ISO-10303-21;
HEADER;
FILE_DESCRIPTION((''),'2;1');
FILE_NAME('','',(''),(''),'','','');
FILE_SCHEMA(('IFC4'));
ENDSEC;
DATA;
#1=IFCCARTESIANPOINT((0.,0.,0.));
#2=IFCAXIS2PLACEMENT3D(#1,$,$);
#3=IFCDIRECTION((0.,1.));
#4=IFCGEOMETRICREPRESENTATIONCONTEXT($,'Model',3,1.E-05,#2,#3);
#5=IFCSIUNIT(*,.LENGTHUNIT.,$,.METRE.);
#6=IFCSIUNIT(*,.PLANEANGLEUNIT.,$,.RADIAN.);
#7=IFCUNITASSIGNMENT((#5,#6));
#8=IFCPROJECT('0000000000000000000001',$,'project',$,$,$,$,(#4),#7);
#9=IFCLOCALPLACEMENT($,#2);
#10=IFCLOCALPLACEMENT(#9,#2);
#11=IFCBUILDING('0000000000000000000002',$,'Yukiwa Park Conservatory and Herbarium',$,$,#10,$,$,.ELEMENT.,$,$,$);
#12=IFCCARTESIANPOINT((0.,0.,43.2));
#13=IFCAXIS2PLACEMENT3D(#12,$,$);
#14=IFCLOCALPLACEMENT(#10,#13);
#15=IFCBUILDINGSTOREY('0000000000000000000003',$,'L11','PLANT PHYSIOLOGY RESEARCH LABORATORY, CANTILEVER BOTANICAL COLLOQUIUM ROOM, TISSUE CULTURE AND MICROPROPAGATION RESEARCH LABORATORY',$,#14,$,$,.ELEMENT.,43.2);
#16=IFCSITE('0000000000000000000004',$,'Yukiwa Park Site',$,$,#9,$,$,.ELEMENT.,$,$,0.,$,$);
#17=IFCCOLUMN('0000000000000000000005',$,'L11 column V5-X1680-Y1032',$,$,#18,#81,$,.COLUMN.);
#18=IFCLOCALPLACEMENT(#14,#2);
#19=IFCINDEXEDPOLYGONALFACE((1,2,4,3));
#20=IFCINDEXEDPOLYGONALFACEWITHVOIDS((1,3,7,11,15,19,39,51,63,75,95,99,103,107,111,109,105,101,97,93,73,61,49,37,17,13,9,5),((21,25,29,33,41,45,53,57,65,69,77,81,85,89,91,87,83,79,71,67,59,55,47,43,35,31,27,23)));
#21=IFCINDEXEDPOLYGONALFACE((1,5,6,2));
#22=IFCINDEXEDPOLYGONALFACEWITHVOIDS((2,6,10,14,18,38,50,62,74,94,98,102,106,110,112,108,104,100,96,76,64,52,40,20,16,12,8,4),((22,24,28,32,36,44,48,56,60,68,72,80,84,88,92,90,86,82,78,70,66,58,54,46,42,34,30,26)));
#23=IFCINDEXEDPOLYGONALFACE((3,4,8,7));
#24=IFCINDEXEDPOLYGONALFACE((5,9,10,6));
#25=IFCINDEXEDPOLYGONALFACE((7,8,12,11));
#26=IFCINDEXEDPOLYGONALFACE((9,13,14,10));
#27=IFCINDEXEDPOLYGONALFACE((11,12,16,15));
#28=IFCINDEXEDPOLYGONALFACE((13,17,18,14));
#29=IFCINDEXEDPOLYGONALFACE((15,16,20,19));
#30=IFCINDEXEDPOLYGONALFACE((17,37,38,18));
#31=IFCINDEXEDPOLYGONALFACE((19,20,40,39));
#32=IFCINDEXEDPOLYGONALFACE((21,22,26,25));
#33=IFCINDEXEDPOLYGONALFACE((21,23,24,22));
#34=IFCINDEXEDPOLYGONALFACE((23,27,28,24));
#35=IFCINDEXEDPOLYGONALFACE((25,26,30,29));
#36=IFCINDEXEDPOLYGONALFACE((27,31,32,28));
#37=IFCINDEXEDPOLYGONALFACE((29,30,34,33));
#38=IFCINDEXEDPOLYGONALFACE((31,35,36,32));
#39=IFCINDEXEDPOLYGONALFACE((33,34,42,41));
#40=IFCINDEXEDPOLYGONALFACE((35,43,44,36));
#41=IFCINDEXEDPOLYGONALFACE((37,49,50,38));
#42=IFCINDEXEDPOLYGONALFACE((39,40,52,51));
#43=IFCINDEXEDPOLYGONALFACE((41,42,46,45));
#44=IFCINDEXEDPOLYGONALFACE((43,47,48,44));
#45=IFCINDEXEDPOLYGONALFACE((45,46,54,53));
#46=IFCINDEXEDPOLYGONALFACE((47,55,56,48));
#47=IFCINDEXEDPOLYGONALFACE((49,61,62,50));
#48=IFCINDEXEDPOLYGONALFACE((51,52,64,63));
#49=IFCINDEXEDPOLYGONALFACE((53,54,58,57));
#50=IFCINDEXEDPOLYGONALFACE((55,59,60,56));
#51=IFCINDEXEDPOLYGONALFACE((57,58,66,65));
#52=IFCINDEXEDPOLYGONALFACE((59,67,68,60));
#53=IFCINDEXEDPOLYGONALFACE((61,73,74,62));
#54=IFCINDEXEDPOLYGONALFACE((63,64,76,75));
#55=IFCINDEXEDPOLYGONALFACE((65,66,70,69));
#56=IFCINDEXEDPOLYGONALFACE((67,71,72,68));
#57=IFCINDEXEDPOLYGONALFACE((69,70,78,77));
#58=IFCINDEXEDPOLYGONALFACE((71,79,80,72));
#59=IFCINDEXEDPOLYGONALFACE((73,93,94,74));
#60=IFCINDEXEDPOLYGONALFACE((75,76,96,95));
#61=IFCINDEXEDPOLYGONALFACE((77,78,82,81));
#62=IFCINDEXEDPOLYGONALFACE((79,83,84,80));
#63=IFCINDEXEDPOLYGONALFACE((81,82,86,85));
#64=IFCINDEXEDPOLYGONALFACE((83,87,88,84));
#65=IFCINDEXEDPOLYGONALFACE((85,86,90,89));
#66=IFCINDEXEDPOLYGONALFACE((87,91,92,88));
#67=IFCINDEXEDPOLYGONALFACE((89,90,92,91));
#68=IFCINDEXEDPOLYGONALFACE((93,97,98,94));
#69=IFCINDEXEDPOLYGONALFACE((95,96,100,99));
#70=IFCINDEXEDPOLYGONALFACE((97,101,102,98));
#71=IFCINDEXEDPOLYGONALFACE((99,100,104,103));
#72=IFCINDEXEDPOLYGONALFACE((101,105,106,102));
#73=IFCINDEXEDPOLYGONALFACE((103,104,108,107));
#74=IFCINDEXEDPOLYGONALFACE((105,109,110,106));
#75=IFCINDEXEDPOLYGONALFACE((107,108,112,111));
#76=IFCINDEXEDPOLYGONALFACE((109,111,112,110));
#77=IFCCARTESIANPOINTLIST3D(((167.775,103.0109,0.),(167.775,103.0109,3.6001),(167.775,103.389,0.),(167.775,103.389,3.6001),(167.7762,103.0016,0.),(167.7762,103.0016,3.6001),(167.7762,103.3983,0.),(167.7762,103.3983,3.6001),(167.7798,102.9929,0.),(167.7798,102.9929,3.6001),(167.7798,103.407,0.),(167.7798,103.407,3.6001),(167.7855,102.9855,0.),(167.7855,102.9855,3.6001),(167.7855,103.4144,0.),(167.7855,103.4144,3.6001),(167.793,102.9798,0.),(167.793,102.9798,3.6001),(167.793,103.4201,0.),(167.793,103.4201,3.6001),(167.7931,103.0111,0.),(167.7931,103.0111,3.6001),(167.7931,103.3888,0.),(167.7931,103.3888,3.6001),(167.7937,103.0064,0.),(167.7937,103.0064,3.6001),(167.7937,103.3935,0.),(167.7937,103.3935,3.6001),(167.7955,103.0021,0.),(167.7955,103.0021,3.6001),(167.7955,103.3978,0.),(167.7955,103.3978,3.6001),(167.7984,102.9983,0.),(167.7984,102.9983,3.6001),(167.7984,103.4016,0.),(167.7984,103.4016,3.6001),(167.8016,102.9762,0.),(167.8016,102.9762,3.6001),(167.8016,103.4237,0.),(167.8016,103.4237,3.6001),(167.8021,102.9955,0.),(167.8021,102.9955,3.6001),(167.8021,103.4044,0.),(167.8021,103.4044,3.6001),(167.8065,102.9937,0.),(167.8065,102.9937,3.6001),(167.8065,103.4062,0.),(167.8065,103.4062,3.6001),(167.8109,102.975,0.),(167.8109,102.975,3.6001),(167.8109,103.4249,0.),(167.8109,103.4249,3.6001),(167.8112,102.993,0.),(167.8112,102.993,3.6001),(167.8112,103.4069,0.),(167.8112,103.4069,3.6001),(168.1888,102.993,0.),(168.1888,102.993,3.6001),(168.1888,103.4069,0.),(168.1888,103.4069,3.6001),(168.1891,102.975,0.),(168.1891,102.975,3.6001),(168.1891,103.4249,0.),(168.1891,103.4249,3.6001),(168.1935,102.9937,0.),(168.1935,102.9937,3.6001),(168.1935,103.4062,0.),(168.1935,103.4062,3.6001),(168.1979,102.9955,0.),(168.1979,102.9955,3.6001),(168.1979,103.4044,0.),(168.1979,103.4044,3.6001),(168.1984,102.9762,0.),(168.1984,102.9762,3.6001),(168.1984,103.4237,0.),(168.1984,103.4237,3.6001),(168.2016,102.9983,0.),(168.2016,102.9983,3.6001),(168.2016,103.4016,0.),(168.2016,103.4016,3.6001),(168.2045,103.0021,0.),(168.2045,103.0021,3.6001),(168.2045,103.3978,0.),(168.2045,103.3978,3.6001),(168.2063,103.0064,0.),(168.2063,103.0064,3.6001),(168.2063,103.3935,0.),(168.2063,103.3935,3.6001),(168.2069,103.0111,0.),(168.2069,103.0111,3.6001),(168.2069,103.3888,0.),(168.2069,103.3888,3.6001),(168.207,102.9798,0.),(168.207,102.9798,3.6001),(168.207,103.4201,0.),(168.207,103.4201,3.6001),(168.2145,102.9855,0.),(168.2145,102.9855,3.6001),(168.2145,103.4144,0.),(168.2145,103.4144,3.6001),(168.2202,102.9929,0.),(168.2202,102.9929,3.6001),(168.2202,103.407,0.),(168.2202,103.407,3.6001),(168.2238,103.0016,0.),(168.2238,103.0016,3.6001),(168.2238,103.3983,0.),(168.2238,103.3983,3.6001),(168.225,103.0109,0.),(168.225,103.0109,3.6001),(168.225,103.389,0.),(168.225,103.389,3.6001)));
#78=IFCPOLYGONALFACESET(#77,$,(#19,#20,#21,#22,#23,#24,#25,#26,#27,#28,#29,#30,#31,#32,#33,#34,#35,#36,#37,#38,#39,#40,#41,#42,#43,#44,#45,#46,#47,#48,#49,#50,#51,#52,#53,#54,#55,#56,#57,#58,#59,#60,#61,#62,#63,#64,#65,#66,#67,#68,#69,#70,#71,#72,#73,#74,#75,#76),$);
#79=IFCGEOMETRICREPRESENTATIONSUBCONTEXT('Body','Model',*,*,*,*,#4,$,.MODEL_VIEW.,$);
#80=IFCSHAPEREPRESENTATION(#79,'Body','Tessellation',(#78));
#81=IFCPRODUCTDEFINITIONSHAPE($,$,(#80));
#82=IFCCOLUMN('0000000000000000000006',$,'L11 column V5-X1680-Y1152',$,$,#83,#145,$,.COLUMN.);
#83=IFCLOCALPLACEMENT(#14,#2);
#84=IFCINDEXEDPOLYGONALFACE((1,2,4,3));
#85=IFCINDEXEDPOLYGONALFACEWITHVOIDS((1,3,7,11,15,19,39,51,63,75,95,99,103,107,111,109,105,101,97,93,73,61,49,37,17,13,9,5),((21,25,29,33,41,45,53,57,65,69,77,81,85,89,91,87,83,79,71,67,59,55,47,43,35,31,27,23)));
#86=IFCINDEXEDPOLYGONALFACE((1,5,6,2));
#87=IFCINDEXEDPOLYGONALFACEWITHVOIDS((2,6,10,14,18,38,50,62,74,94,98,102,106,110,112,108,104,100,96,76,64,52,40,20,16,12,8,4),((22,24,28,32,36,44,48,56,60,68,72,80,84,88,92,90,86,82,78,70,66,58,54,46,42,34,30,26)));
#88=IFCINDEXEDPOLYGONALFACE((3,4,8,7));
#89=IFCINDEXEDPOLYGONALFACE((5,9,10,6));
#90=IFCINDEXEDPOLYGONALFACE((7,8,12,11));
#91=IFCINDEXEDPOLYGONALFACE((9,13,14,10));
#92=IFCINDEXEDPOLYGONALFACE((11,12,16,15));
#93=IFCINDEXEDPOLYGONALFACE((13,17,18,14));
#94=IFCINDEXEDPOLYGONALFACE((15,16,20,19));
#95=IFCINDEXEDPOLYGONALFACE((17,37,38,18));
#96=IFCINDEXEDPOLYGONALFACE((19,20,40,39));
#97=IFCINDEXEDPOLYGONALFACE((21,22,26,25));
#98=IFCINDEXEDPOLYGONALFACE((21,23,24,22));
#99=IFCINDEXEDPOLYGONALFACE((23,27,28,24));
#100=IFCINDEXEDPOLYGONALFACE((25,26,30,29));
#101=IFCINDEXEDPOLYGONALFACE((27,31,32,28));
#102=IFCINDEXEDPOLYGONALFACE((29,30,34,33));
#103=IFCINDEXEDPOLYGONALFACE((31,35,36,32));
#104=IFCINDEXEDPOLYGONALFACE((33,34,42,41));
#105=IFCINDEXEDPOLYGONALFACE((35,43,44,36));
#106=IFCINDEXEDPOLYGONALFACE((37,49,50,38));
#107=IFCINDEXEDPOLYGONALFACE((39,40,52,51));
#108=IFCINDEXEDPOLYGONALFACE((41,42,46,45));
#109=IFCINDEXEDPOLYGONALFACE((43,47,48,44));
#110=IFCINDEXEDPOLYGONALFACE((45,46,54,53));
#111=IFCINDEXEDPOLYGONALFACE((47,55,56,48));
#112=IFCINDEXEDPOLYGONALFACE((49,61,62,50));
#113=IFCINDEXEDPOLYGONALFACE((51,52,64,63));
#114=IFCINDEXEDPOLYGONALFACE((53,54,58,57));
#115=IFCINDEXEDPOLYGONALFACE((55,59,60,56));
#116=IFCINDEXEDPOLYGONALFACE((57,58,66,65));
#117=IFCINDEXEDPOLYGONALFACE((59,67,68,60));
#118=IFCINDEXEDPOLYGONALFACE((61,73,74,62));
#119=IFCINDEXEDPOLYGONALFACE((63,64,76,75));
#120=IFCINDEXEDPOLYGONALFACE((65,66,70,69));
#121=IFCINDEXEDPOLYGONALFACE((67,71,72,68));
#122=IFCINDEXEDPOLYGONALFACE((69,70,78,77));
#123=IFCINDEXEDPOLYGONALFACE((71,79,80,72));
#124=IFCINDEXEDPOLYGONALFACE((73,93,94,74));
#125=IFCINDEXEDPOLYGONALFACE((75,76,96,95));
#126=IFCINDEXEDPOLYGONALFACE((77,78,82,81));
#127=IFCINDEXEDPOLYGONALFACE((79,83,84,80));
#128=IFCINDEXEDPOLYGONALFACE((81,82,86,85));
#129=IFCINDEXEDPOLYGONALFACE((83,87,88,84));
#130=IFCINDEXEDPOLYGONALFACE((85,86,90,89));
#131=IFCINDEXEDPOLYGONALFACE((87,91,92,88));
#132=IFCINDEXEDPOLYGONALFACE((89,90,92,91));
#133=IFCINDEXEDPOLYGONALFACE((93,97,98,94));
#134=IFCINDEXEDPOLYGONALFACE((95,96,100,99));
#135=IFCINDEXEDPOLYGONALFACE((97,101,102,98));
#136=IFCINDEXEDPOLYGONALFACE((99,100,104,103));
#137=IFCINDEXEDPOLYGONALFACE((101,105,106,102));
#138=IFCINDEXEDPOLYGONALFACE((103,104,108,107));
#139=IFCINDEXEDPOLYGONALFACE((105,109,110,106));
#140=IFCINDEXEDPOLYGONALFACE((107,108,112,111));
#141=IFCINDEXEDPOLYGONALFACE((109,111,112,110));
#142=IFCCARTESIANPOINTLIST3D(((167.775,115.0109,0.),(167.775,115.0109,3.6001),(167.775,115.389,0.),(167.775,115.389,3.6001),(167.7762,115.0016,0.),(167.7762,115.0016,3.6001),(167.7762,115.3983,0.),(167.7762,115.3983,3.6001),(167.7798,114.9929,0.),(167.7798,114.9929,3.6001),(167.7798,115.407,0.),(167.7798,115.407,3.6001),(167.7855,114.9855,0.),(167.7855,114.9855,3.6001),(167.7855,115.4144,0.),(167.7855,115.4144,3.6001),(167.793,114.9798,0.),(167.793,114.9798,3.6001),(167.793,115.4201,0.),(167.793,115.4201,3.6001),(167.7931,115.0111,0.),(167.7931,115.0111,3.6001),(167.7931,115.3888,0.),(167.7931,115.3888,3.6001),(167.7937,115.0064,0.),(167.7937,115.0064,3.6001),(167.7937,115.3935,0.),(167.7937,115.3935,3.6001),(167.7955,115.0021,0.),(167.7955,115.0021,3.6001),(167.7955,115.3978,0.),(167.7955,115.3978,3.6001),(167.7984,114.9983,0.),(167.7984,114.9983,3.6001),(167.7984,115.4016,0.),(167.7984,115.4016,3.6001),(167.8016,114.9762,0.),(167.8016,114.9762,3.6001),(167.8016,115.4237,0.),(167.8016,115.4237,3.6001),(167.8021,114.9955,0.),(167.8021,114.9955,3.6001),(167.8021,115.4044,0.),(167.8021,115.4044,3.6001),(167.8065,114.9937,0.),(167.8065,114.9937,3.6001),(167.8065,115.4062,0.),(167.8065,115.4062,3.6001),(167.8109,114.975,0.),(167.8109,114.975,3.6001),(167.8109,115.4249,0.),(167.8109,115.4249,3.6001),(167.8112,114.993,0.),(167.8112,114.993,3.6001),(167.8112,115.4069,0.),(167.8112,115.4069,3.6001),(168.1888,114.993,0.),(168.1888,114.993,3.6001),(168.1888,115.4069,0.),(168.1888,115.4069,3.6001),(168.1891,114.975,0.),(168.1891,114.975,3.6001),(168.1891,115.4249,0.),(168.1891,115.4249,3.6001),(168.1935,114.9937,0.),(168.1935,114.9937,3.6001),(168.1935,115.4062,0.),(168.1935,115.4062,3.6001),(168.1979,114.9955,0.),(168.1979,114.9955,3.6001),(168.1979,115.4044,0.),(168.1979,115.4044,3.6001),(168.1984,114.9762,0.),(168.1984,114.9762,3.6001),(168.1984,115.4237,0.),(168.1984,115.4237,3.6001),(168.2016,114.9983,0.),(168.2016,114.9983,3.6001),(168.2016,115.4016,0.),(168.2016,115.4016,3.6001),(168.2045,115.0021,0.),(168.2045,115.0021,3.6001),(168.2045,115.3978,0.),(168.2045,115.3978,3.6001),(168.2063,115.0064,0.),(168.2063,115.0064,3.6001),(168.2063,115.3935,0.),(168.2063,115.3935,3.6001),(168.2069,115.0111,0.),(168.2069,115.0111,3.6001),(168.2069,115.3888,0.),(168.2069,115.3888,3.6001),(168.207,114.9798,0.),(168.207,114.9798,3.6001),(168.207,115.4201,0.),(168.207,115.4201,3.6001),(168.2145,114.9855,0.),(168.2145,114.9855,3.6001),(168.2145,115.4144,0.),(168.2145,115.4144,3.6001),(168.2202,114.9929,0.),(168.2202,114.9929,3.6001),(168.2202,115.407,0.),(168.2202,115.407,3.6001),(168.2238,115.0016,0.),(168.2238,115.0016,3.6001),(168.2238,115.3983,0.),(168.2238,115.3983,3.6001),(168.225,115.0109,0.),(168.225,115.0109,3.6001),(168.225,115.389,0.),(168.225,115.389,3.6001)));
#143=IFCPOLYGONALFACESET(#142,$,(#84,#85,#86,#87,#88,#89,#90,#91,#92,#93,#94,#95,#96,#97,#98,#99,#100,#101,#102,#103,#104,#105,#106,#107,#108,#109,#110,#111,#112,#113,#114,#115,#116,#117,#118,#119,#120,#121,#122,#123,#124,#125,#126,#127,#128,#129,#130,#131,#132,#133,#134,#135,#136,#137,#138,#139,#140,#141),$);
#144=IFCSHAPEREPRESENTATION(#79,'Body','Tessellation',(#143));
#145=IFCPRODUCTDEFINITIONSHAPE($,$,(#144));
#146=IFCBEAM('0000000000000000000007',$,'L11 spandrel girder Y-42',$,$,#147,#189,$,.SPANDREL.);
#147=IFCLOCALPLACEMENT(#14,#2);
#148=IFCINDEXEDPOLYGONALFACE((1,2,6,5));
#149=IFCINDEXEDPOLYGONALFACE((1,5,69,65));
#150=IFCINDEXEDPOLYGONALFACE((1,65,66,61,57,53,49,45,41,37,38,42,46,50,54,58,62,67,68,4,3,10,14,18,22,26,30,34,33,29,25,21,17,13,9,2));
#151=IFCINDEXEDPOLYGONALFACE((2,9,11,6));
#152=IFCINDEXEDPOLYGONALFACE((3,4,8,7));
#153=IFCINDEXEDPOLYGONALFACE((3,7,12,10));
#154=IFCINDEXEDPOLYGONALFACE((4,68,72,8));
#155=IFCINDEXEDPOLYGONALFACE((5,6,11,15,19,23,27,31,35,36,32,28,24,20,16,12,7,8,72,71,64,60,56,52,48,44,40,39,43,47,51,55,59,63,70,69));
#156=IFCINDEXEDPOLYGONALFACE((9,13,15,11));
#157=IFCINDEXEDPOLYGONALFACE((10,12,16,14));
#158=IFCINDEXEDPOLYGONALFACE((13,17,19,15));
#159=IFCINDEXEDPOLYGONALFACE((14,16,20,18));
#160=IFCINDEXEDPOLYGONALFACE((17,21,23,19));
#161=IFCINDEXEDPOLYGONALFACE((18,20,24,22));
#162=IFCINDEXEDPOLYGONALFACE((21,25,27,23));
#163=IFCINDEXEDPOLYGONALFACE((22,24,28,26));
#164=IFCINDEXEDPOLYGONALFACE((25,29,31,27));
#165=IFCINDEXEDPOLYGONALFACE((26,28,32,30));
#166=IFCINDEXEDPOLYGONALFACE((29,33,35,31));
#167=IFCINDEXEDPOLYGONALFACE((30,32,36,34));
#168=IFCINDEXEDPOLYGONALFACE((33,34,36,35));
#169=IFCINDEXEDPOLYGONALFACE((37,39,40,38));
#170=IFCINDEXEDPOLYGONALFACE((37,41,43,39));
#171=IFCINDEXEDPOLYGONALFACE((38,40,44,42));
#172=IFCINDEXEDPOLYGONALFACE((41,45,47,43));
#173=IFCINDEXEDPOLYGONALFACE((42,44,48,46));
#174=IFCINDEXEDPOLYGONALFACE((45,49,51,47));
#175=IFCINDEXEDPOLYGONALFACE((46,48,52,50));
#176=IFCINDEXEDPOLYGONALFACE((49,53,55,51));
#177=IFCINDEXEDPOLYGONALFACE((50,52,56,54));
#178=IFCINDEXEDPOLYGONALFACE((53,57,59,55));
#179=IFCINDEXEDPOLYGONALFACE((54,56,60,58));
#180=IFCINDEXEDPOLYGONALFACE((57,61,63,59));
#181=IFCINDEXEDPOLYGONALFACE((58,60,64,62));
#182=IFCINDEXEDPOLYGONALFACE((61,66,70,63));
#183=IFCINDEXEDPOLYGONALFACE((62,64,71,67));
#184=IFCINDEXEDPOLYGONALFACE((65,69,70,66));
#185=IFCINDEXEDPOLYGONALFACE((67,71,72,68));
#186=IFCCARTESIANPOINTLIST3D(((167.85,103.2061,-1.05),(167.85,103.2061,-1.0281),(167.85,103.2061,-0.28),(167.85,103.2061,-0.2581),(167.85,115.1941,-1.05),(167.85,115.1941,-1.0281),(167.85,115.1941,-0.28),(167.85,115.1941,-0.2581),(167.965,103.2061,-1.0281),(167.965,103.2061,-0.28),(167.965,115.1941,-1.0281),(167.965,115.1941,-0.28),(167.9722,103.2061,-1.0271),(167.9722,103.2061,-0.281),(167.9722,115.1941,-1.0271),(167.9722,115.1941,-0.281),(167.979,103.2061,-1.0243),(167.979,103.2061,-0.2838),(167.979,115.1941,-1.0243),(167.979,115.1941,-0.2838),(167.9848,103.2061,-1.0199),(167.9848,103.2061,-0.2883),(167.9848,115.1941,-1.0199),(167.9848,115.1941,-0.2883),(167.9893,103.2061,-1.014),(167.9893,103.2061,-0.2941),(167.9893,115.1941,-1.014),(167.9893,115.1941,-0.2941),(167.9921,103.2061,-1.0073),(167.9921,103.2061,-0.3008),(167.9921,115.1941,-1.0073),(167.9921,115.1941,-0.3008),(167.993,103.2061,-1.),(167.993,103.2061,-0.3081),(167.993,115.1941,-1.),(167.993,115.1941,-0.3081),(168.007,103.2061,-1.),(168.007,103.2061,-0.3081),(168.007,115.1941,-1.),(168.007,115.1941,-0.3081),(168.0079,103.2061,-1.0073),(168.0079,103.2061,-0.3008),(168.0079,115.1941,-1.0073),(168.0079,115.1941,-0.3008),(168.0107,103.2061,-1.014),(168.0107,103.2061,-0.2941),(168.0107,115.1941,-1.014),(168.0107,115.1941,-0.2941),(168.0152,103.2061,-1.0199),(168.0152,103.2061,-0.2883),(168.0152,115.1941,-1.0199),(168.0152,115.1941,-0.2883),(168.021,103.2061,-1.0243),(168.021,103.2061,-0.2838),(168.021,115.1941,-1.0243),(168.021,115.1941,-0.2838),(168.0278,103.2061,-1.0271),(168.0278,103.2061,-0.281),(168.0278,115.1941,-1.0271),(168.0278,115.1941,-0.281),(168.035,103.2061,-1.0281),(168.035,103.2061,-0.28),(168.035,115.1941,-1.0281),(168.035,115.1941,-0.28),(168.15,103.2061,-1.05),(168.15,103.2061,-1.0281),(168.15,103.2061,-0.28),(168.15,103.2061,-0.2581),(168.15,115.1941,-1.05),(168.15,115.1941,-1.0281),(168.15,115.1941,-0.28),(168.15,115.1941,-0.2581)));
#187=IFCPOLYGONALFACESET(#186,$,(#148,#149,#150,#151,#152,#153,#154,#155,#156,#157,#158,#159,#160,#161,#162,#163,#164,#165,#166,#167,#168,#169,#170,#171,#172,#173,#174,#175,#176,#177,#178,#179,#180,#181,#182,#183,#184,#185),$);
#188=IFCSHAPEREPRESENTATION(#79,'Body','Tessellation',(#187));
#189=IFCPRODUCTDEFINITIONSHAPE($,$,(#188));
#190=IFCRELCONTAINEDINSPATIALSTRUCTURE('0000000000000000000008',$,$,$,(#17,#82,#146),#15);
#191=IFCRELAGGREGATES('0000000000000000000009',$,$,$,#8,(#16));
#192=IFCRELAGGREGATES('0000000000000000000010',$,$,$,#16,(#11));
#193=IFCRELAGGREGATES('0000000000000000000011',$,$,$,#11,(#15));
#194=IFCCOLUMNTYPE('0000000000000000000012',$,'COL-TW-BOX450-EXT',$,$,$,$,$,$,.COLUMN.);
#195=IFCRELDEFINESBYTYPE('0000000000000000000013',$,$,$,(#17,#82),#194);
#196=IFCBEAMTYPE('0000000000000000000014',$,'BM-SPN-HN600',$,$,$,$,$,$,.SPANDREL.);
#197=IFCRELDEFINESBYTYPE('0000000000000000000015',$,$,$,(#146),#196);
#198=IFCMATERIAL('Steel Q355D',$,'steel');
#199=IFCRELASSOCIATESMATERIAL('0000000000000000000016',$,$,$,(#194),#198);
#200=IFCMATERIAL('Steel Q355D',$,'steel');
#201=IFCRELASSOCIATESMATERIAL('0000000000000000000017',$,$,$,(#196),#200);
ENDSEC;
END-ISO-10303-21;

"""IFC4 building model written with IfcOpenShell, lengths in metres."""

from ifc_helpers import new_model, si_unit, direction, frame, origin, origin_2d, place, context, subcontext, project, spatial, hollow_rectangle, i_section, extrude, material, material_profile, profile_set, type_object, element, save


model = new_model("IFC4")

# Units and contexts
model_context = context("Model", 3, precision=1e-05, world=origin(), true_north=direction((0.0, 1.0)))
body_context = subcontext(model_context, "Body", "Model", "MODEL_VIEW")
ifc_project = project(units=[si_unit("LENGTHUNIT", "METRE"), si_unit("PLANEANGLEUNIT", "RADIAN")], contexts=[model_context])

# Site, building, storey
site_placement = place(None, origin())
site = spatial("IfcSite", under=ifc_project, at=site_placement, Name="Yukiwa Park Site", CompositionType="ELEMENT", RefElevation=0.0)
building_placement = place(site_placement, origin())
building = spatial("IfcBuilding", under=site, at=building_placement, Name="Yukiwa Park Conservatory and Herbarium", CompositionType="ELEMENT")
storey_placement = place(building_placement, frame((0.0, 0.0, 43.2)))
storey = spatial("IfcBuildingStorey", under=building, at=storey_placement, Name="L11", Description="PLANT PHYSIOLOGY RESEARCH LABORATORY, CANTILEVER BOTANICAL COLLOQUIUM ROOM, TISSUE CULTURE AND MICROPROPAGATION RESEARCH LABORATORY", CompositionType="ELEMENT", Elevation=43.2)

# Columns
ifc_material_1 = material(Name="Steel Q355D", Category="steel")
ifc_material_profile_1 = material_profile(ifc_material_1, hollow_rectangle(XDim=0.45, YDim=0.45, WallThickness=0.0181, InnerFilletRadius=0.0181, OuterFilletRadius=0.0359, at=origin_2d()), Name="BOX 450x450x18")
ifc_profile_set_1 = profile_set([ifc_material_profile_1], Name="Steel Q355D")
column_type = type_object("IfcColumnType", Name="COL-TW-BOX450-EXT", PredefinedType="COLUMN", material=ifc_profile_set_1)
for number, where, z_axis, x_axis, name in (
    (1, (168.0, 103.2, 0.0), (0.0, 0.0, 1.0), (1.0, 0.0, 0.0), "L11 column V5-X1680-Y1032"),
    (2, (168.0, 115.2, 0.0), (0.0, 0.0, 1.0), (1.0, 0.0, 0.0), "L11 column V5-X1680-Y1152"),
):
    element("IfcColumn", number, at=place(storey_placement, frame(where, z_axis=z_axis, x_axis=x_axis)), inside=storey, type_object=column_type, Name=name, PredefinedType="COLUMN", context=body_context, shape_type="SweptSolid", body=[
        extrude(hollow_rectangle(XDim=0.45, YDim=0.45, WallThickness=0.0181, InnerFilletRadius=0.0181, OuterFilletRadius=0.0359, at=origin_2d()), origin(), (0.0, 0.0, 1.0), 3.6001),
    ])

# Beam
ifc_material_2 = material(Name="Steel Q355D", Category="steel")
ifc_material_profile_2 = material_profile(ifc_material_2, i_section(OverallWidth=0.3, OverallDepth=0.792, WebThickness=0.0139, FlangeThickness=0.022, FilletRadius=0.0281, at=origin_2d()), Name="HN 792x300x14x22")
ifc_profile_set_2 = profile_set([ifc_material_profile_2], Name="Steel Q355D")
beam_type_1 = type_object("IfcBeamType", Name="BM-SPN-HN600", PredefinedType="SPANDREL", material=ifc_profile_set_2)
beam_1_placement = place(storey_placement, frame((168.0, 103.2061, -0.6541), z_axis=(0.0, 1.0, 0.0), x_axis=(-1.0, 0.0, 0.0)))
element("IfcBeam", 3, at=beam_1_placement, inside=storey, type_object=beam_type_1, Name="L11 spandrel girder Y-42", PredefinedType="SPANDREL", context=body_context, shape_type="SweptSolid", body=[
    extrude(i_section(OverallWidth=0.3, OverallDepth=0.792, WebThickness=0.0139, FlangeThickness=0.022, FilletRadius=0.0281, at=origin_2d()), origin(), (0.0, 0.0, 1.0), 11.988),
])

save(model, "model.ifc")
